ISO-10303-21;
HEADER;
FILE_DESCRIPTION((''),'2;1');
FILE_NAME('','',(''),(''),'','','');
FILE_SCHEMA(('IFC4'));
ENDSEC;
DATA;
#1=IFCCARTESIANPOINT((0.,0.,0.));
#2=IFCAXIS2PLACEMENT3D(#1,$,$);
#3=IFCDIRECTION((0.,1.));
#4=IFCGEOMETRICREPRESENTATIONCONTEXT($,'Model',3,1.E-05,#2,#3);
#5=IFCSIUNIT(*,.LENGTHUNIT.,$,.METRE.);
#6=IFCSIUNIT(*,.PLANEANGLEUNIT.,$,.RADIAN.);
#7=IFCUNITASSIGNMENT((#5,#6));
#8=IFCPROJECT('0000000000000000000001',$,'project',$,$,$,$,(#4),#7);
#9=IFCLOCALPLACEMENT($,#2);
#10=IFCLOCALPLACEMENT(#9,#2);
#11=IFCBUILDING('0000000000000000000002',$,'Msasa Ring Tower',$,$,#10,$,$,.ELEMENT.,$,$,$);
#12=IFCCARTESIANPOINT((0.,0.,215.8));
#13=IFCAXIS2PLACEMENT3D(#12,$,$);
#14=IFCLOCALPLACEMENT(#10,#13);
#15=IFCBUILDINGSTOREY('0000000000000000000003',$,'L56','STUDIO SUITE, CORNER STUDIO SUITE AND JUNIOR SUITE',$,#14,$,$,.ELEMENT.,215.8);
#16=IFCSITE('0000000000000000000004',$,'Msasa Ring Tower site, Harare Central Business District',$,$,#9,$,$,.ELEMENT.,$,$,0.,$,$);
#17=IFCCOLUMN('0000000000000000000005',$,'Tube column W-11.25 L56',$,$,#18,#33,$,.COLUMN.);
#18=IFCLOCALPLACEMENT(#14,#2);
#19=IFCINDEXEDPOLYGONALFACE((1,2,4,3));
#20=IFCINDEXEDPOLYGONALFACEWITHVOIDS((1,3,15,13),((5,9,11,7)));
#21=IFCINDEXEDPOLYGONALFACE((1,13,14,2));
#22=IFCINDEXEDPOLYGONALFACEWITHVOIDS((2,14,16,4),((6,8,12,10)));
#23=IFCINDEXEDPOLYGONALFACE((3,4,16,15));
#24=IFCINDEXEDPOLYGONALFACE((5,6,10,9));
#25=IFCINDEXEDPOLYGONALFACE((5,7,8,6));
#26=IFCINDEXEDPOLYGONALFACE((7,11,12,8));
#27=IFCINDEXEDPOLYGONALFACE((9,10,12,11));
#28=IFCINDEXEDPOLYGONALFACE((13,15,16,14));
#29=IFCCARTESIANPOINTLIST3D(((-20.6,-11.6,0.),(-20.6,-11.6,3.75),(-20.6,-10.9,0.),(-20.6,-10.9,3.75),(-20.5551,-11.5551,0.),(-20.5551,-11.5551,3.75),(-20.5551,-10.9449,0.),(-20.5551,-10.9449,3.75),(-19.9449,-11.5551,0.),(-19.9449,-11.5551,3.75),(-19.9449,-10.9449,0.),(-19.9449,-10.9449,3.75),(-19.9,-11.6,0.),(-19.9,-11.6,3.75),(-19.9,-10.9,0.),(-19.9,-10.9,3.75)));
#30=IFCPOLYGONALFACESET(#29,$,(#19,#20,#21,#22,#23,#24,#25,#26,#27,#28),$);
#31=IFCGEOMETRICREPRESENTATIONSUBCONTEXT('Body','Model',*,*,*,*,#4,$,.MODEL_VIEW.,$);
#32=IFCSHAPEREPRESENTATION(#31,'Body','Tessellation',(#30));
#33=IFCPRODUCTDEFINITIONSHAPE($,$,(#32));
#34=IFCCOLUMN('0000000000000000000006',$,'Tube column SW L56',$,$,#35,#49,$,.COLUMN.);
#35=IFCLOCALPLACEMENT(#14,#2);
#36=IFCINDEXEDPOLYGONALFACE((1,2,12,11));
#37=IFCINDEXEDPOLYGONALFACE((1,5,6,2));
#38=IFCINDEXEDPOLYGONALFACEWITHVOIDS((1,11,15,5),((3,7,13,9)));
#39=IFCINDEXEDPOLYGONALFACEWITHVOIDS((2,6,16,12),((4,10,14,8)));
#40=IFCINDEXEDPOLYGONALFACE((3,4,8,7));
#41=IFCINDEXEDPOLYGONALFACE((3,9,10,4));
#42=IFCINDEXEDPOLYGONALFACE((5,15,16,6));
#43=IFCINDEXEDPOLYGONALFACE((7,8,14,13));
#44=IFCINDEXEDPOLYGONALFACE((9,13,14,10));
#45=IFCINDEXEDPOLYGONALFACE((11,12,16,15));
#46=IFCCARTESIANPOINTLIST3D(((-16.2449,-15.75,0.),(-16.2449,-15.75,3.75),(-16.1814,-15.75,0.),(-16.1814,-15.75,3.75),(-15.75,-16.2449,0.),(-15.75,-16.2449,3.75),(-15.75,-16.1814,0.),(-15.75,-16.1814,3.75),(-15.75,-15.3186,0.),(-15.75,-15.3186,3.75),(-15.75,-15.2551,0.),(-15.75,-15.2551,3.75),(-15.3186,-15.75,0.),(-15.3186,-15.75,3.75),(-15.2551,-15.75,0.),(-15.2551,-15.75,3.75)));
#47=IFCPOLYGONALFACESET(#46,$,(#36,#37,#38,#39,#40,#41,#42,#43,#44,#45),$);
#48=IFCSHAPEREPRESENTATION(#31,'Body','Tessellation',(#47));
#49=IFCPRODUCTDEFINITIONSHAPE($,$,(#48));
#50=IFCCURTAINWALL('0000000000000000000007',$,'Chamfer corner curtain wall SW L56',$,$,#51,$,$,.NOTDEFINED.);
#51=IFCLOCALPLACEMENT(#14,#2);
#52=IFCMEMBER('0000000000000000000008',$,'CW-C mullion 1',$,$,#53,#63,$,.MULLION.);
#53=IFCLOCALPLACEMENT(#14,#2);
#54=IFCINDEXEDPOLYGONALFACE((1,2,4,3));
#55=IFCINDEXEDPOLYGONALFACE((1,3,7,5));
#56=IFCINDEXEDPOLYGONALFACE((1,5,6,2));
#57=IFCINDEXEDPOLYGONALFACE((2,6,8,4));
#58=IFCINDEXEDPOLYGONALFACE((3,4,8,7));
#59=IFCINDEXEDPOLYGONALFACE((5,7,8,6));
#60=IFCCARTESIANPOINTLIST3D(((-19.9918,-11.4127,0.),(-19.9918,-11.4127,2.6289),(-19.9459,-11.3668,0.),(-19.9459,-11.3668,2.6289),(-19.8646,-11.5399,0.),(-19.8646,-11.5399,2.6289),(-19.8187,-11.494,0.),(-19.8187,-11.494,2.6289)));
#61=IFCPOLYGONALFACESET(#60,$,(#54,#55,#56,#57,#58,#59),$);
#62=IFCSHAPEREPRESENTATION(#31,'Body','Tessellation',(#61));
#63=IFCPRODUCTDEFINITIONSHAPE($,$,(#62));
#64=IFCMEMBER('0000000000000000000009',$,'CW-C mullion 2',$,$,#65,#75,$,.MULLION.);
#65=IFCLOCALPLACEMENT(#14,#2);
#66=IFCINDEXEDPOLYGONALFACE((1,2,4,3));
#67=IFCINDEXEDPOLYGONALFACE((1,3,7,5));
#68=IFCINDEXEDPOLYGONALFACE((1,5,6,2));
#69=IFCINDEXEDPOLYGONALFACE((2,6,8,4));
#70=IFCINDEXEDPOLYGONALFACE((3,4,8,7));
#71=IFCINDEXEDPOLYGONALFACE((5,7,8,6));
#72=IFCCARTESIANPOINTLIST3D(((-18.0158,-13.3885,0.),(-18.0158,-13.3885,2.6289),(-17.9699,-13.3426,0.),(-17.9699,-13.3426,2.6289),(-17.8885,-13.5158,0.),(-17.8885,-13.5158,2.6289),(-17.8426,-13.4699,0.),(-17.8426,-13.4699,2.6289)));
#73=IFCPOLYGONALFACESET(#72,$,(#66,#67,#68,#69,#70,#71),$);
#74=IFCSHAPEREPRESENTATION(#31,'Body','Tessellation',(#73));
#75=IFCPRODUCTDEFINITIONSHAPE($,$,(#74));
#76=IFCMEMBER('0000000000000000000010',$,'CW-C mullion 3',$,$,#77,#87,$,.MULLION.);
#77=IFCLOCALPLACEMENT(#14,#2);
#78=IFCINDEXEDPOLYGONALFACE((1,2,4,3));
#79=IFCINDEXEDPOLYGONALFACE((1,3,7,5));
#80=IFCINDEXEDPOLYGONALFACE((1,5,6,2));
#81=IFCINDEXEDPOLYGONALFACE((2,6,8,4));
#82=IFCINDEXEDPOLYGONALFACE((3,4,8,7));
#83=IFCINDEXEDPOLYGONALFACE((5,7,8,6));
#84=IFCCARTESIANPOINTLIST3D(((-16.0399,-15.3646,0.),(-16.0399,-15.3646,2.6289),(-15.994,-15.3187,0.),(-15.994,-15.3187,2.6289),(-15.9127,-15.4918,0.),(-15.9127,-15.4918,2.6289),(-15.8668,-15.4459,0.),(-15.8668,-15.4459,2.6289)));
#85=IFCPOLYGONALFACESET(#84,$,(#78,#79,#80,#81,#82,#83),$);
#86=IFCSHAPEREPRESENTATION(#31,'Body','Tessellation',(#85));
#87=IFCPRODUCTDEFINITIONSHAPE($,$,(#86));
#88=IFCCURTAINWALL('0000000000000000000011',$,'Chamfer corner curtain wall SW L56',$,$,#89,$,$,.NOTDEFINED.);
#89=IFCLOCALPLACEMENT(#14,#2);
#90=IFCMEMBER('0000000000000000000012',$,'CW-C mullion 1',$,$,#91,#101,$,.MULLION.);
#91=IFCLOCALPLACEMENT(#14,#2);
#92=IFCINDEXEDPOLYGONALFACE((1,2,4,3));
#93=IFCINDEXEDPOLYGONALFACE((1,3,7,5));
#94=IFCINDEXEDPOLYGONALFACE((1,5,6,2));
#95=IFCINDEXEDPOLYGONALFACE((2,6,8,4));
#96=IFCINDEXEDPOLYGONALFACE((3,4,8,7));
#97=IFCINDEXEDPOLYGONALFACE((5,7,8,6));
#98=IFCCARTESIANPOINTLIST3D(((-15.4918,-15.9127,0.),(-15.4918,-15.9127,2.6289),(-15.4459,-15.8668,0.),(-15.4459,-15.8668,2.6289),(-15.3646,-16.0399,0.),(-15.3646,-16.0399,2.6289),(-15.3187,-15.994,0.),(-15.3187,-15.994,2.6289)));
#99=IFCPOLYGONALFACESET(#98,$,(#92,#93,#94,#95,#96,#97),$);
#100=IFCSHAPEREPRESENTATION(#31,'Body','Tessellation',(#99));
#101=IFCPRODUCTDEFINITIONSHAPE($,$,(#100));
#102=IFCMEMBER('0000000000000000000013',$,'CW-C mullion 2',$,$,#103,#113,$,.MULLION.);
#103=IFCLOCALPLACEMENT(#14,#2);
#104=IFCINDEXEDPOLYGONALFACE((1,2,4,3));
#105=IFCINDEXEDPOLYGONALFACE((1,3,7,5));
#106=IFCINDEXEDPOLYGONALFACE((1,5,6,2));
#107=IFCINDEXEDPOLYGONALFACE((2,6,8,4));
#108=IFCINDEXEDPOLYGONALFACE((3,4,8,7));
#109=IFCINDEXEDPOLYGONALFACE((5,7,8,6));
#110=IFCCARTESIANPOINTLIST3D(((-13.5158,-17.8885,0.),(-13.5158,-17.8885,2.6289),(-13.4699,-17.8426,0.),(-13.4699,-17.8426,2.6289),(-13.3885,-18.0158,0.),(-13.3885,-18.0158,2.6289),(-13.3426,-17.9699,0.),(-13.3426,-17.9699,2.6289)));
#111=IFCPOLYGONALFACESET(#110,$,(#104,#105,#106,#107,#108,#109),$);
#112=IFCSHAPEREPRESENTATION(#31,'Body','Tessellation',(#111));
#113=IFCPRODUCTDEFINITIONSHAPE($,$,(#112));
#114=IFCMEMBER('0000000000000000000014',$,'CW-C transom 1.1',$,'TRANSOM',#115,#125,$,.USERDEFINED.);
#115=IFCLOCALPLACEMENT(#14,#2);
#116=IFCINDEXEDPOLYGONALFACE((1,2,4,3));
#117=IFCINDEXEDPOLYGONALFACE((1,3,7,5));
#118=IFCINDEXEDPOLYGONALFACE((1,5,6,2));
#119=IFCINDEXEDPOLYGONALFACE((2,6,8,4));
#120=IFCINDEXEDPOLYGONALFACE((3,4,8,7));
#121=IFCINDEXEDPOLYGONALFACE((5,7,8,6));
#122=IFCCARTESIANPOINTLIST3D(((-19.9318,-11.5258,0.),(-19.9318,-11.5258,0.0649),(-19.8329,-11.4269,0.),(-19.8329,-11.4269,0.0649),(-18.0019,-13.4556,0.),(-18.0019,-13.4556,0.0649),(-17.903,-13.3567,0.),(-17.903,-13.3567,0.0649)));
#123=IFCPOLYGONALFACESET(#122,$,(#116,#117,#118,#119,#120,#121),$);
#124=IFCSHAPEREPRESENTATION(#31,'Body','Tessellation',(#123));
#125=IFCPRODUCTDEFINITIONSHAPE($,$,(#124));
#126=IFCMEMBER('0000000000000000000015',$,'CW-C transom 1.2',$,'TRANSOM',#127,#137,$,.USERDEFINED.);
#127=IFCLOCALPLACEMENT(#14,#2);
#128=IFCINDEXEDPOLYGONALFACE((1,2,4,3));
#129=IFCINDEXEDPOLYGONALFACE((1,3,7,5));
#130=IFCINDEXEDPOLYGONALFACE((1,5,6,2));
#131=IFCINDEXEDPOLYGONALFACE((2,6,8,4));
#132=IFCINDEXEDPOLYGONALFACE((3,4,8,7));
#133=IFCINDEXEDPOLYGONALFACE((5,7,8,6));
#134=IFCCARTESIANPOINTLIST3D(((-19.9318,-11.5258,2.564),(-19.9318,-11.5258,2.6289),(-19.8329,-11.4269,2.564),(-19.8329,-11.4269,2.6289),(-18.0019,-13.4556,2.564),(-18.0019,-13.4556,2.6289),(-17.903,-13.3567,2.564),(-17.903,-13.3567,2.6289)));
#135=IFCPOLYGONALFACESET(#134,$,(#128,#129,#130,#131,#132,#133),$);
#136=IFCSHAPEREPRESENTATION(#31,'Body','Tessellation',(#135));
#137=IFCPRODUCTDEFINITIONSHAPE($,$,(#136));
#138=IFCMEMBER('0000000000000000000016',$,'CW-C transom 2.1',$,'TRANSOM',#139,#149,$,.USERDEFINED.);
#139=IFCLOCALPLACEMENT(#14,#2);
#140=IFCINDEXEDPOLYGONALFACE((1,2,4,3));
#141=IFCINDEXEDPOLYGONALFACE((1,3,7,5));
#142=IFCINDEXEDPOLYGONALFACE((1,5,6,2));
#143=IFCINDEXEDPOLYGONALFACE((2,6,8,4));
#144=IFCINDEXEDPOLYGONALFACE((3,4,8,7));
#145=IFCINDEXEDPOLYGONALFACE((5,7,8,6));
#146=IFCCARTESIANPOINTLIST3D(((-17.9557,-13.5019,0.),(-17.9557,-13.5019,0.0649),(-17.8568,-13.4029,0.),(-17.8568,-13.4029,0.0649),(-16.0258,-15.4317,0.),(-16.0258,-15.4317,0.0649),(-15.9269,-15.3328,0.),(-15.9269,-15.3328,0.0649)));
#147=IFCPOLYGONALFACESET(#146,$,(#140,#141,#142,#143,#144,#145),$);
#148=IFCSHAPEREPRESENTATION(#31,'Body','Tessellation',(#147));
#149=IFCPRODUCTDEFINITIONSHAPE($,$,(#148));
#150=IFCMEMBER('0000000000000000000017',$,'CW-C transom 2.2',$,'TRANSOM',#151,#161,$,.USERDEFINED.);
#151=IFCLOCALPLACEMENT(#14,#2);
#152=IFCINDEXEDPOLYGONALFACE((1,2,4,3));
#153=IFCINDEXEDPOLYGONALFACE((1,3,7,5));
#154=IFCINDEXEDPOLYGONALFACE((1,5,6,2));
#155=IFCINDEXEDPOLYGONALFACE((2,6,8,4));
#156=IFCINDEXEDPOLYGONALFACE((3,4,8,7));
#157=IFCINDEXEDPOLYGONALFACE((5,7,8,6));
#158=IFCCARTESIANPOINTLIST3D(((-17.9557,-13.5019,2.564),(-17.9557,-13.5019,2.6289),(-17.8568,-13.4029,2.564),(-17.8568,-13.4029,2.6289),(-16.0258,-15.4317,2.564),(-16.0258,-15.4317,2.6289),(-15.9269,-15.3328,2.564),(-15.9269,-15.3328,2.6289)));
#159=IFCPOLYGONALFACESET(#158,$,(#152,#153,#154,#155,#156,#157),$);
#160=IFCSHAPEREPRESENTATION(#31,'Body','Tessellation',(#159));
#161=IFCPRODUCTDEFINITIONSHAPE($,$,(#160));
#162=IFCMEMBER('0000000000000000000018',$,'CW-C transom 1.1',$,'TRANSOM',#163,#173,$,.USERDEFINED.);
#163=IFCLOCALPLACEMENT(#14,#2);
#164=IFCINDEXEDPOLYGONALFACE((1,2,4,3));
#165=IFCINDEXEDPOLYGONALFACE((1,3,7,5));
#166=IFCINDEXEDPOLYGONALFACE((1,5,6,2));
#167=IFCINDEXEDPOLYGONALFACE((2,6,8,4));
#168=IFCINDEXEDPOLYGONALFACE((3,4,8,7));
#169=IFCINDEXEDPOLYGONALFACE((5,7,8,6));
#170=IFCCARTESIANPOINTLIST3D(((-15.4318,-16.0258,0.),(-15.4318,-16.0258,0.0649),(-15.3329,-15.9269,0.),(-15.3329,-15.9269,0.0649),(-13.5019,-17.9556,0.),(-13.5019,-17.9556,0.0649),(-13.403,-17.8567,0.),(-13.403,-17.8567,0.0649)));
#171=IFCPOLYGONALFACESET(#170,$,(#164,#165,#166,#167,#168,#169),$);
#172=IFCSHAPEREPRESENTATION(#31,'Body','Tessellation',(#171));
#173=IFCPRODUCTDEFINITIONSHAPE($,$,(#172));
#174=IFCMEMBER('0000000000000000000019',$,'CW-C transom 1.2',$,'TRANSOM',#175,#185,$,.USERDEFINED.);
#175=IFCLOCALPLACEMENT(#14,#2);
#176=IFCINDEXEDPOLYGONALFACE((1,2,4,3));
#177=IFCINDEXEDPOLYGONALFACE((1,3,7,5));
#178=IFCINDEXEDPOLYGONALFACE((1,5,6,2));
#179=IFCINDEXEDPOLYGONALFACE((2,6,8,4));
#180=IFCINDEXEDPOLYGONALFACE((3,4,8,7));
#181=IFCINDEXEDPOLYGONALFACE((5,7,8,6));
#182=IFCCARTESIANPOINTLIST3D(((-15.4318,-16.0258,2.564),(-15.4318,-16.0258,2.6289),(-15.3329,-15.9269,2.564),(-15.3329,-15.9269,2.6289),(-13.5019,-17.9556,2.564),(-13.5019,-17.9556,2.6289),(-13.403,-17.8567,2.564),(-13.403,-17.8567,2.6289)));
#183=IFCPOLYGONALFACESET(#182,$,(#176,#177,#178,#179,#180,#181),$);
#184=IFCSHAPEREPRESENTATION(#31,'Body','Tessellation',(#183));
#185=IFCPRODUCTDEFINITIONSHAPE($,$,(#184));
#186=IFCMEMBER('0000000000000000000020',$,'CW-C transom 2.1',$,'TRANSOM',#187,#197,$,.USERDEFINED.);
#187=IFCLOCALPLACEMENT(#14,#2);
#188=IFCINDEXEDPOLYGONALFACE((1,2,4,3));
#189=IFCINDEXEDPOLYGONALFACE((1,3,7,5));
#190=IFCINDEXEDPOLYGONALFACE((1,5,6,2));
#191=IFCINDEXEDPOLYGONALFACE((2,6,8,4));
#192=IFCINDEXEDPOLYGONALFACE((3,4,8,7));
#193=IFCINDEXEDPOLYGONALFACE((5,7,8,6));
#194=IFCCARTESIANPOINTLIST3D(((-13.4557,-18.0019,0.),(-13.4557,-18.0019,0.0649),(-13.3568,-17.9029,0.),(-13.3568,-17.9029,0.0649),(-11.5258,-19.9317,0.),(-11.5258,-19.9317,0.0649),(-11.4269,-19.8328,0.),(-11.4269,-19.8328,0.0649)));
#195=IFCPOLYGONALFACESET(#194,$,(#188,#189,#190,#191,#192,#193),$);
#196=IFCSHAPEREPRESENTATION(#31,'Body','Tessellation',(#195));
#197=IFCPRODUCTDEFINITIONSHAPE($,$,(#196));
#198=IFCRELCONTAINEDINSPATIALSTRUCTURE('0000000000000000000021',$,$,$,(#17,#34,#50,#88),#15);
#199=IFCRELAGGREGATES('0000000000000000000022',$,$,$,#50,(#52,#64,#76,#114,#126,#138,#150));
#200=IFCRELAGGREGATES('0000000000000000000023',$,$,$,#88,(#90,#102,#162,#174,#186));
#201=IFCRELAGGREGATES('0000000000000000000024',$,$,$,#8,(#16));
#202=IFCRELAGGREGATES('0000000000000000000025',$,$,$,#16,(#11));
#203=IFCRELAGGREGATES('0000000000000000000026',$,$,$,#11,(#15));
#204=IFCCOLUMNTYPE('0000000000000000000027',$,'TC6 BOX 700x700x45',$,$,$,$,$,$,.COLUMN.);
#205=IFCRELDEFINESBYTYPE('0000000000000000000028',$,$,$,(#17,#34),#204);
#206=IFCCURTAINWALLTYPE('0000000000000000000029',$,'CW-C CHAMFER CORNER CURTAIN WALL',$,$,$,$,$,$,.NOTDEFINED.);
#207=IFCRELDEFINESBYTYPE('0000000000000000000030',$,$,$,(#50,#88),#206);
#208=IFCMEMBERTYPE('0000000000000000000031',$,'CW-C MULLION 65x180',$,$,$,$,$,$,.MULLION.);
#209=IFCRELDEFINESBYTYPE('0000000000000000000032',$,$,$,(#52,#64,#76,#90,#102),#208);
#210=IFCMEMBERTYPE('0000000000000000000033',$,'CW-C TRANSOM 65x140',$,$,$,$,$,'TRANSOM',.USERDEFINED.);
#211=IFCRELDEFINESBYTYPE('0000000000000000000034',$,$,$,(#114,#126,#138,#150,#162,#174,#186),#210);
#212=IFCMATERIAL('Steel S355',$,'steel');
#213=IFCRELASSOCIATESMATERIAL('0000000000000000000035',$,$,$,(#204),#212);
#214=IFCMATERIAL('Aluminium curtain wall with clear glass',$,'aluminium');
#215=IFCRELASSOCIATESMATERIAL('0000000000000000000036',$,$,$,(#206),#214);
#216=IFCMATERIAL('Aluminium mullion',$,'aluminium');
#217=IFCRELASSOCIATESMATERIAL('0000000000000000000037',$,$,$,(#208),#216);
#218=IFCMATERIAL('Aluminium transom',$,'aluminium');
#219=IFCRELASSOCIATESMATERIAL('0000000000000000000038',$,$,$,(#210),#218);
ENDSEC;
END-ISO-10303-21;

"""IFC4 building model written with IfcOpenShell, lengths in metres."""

from ifc_helpers import new_model, si_unit, direction, frame, origin, origin_2d, place, context, subcontext, project, spatial, rectangle, hollow_rectangle, extrude, material, material_profile, profile_set, type_object, element, aggregate, save


model = new_model("IFC4")

# Units and contexts
model_context = context("Model", 3, precision=1e-05, world=origin(), true_north=direction((0.0, 1.0)))
body_context = subcontext(model_context, "Body", "Model", "MODEL_VIEW")
ifc_project = project(units=[si_unit("LENGTHUNIT", "METRE"), si_unit("PLANEANGLEUNIT", "RADIAN")], contexts=[model_context])

# Site, building, storey
site_placement = place(None, origin())
site = spatial("IfcSite", under=ifc_project, at=site_placement, Name="Msasa Ring Tower site, Harare Central Business District", CompositionType="ELEMENT", RefElevation=0.0)
building_placement = place(site_placement, origin())
building = spatial("IfcBuilding", under=site, at=building_placement, Name="Msasa Ring Tower", CompositionType="ELEMENT")
storey_placement = place(building_placement, frame((0.0, 0.0, 215.8)))
storey = spatial("IfcBuildingStorey", under=building, at=storey_placement, Name="L56", Description="STUDIO SUITE, CORNER STUDIO SUITE AND JUNIOR SUITE", CompositionType="ELEMENT", Elevation=215.8)

# Columns
ifc_material_1 = material(Name="Steel S355", Category="steel")
ifc_material_profile_1 = material_profile(ifc_material_1, hollow_rectangle(XDim=0.7, YDim=0.7, WallThickness=0.0449, at=origin_2d()), Name="BOX 700x700x45")
ifc_profile_set_1 = profile_set([ifc_material_profile_1], Name="Steel S355")
column_type = type_object("IfcColumnType", Name="TC6 BOX 700x700x45", PredefinedType="COLUMN", material=ifc_profile_set_1)
for number, where, z_axis, x_axis, name in (
    (1, (-20.25, -11.25, 0.0), (0.0, 0.0, 1.0), (1.0, 0.0, 0.0), "Tube column W-11.25 L56"),
    (2, (-15.75, -15.75, 0.0), (0.0, 0.0, 1.0), (0.707107, 0.707107, 0.0), "Tube column SW L56"),
):
    element("IfcColumn", number, at=place(storey_placement, frame(where, z_axis=z_axis, x_axis=x_axis)), inside=storey, type_object=column_type, Name=name, PredefinedType="COLUMN", context=body_context, shape_type="SweptSolid", body=[
        extrude(hollow_rectangle(XDim=0.7, YDim=0.7, WallThickness=0.0449, at=origin_2d()), origin(), (0.0, 0.0, 1.0), 3.75),
    ])

# Curtain walls, members
ifc_material_2 = material(Name="Aluminium curtain wall with clear glass", Category="aluminium")
curtain_wall_type = type_object("IfcCurtainWallType", Name="CW-C CHAMFER CORNER CURTAIN WALL", PredefinedType="NOTDEFINED", material=ifc_material_2)
curtain_wall_1_placement = place(storey_placement, origin())
curtain_wall_1 = element("IfcCurtainWall", 3, at=curtain_wall_1_placement, inside=storey, type_object=curtain_wall_type, Name="Chamfer corner curtain wall SW L56", PredefinedType="NOTDEFINED")
ifc_material_3 = material(Name="Aluminium mullion", Category="aluminium")
ifc_material_profile_2 = material_profile(ifc_material_3, rectangle(XDim=0.0649, YDim=0.1799, at=origin_2d()), Name="AL 65x180")
ifc_profile_set_2 = profile_set([ifc_material_profile_2], Name="Aluminium mullion")
member_type_1 = type_object("IfcMemberType", Name="CW-C MULLION 65x180", PredefinedType="MULLION", material=ifc_profile_set_2)
member_1_placement = place(storey_placement, frame((-19.9053, -11.4534, 0.0), z_axis=(0.0, 0.0, 1.0), x_axis=(0.707107, 0.707107, 0.0)))
member_1 = element("IfcMember", 4, at=member_1_placement, type_object=member_type_1, Name="CW-C mullion 1", PredefinedType="MULLION", context=body_context, shape_type="SweptSolid", body=[
    extrude(rectangle(XDim=0.0649, YDim=0.1799, at=origin_2d()), origin(), (0.0, 0.0, 1.0), 2.6289),
])
member_2_placement = place(storey_placement, frame((-17.9292, -13.4292, 0.0), z_axis=(0.0, 0.0, 1.0), x_axis=(0.707107, 0.707107, 0.0)))
member_2 = element("IfcMember", 5, at=member_2_placement, type_object=member_type_1, Name="CW-C mullion 2", PredefinedType="MULLION", context=body_context, shape_type="SweptSolid", body=[
    extrude(rectangle(XDim=0.0649, YDim=0.1799, at=origin_2d()), origin(), (0.0, 0.0, 1.0), 2.6289),
])
member_3_placement = place(storey_placement, frame((-15.9534, -15.4053, 0.0), z_axis=(0.0, 0.0, 1.0), x_axis=(0.707107, 0.707107, 0.0)))
member_3 = element("IfcMember", 6, at=member_3_placement, type_object=member_type_1, Name="CW-C mullion 3", PredefinedType="MULLION", context=body_context, shape_type="SweptSolid", body=[
    extrude(rectangle(XDim=0.0649, YDim=0.1799, at=origin_2d()), origin(), (0.0, 0.0, 1.0), 2.6289),
])
curtain_wall_2_placement = place(storey_placement, origin())
curtain_wall_2 = element("IfcCurtainWall", 7, at=curtain_wall_2_placement, inside=storey, type_object=curtain_wall_type, Name="Chamfer corner curtain wall SW L56", PredefinedType="NOTDEFINED")
member_4_placement = place(storey_placement, frame((-15.4053, -15.9534, 0.0), z_axis=(0.0, 0.0, 1.0), x_axis=(0.707107, 0.707107, 0.0)))
member_4 = element("IfcMember", 8, at=member_4_placement, type_object=member_type_1, Name="CW-C mullion 1", PredefinedType="MULLION", context=body_context, shape_type="SweptSolid", body=[
    extrude(rectangle(XDim=0.0649, YDim=0.1799, at=origin_2d()), origin(), (0.0, 0.0, 1.0), 2.6289),
])
member_5_placement = place(storey_placement, frame((-13.4292, -17.9292, 0.0), z_axis=(0.0, 0.0, 1.0), x_axis=(0.707107, 0.707107, 0.0)))
member_5 = element("IfcMember", 9, at=member_5_placement, type_object=member_type_1, Name="CW-C mullion 2", PredefinedType="MULLION", context=body_context, shape_type="SweptSolid", body=[
    extrude(rectangle(XDim=0.0649, YDim=0.1799, at=origin_2d()), origin(), (0.0, 0.0, 1.0), 2.6289),
])

# Members
ifc_material_4 = material(Name="Aluminium transom", Category="aluminium")
ifc_material_profile_3 = material_profile(ifc_material_4, rectangle(XDim=0.1399, YDim=0.0649, at=origin_2d()), Name="AL 65x140")
ifc_profile_set_3 = profile_set([ifc_material_profile_3], Name="Aluminium transom")
member_type_2 = type_object("IfcMemberType", Name="CW-C TRANSOM 65x140", ElementType="TRANSOM", PredefinedType="USERDEFINED", material=ifc_profile_set_3)
member_6_placement = place(storey_placement, frame((-19.8823, -11.4763, 0.0325), z_axis=(0.707107, -0.707107, 0.0), x_axis=(0.707107, 0.707107, 0.0)))
member_6 = element("IfcMember", 10, at=member_6_placement, type_object=member_type_2, Name="CW-C transom 1.1", ObjectType="TRANSOM", PredefinedType="USERDEFINED", context=body_context, shape_type="SweptSolid", body=[
    extrude(rectangle(XDim=0.1399, YDim=0.0649, at=origin_2d()), origin(), (0.0, 0.0, 1.0), 2.7292),
])
member_7_placement = place(storey_placement, frame((-19.8823, -11.4763, 2.5964), z_axis=(0.707107, -0.707107, 0.0), x_axis=(0.707107, 0.707107, 0.0)))
member_7 = element("IfcMember", 11, at=member_7_placement, type_object=member_type_2, Name="CW-C transom 1.2", ObjectType="TRANSOM", PredefinedType="USERDEFINED", context=body_context, shape_type="SweptSolid", body=[
    extrude(rectangle(XDim=0.1399, YDim=0.0649, at=origin_2d()), origin(), (0.0, 0.0, 1.0), 2.7292),
])
member_8_placement = place(storey_placement, frame((-17.9062, -13.4524, 0.0325), z_axis=(0.707107, -0.707107, 0.0), x_axis=(0.707107, 0.707107, 0.0)))
member_8 = element("IfcMember", 12, at=member_8_placement, type_object=member_type_2, Name="CW-C transom 2.1", ObjectType="TRANSOM", PredefinedType="USERDEFINED", context=body_context, shape_type="SweptSolid", body=[
    extrude(rectangle(XDim=0.1399, YDim=0.0649, at=origin_2d()), origin(), (0.0, 0.0, 1.0), 2.7292),
])
member_9_placement = place(storey_placement, frame((-17.9062, -13.4524, 2.5964), z_axis=(0.707107, -0.707107, 0.0), x_axis=(0.707107, 0.707107, 0.0)))
member_9 = element("IfcMember", 13, at=member_9_placement, type_object=member_type_2, Name="CW-C transom 2.2", ObjectType="TRANSOM", PredefinedType="USERDEFINED", context=body_context, shape_type="SweptSolid", body=[
    extrude(rectangle(XDim=0.1399, YDim=0.0649, at=origin_2d()), origin(), (0.0, 0.0, 1.0), 2.7292),
])
member_10_placement = place(storey_placement, frame((-15.3823, -15.9763, 0.0325), z_axis=(0.707107, -0.707107, 0.0), x_axis=(0.707107, 0.707107, 0.0)))
member_10 = element("IfcMember", 14, at=member_10_placement, type_object=member_type_2, Name="CW-C transom 1.1", ObjectType="TRANSOM", PredefinedType="USERDEFINED", context=body_context, shape_type="SweptSolid", body=[
    extrude(rectangle(XDim=0.1399, YDim=0.0649, at=origin_2d()), origin(), (0.0, 0.0, 1.0), 2.7292),
])
member_11_placement = place(storey_placement, frame((-15.3823, -15.9763, 2.5964), z_axis=(0.707107, -0.707107, 0.0), x_axis=(0.707107, 0.707107, 0.0)))
member_11 = element("IfcMember", 15, at=member_11_placement, type_object=member_type_2, Name="CW-C transom 1.2", ObjectType="TRANSOM", PredefinedType="USERDEFINED", context=body_context, shape_type="SweptSolid", body=[
    extrude(rectangle(XDim=0.1399, YDim=0.0649, at=origin_2d()), origin(), (0.0, 0.0, 1.0), 2.7292),
])
member_12_placement = place(storey_placement, frame((-13.4062, -17.9524, 0.0325), z_axis=(0.707107, -0.707107, 0.0), x_axis=(0.707107, 0.707107, 0.0)))
member_12 = element("IfcMember", 16, at=member_12_placement, type_object=member_type_2, Name="CW-C transom 2.1", ObjectType="TRANSOM", PredefinedType="USERDEFINED", context=body_context, shape_type="SweptSolid", body=[
    extrude(rectangle(XDim=0.1399, YDim=0.0649, at=origin_2d()), origin(), (0.0, 0.0, 1.0), 2.7292),
])

aggregate(curtain_wall_1, [member_1, member_2, member_3, member_6, member_7, member_8, member_9])
aggregate(curtain_wall_2, [member_4, member_5, member_10, member_11, member_12])

save(model, "model.ifc")
